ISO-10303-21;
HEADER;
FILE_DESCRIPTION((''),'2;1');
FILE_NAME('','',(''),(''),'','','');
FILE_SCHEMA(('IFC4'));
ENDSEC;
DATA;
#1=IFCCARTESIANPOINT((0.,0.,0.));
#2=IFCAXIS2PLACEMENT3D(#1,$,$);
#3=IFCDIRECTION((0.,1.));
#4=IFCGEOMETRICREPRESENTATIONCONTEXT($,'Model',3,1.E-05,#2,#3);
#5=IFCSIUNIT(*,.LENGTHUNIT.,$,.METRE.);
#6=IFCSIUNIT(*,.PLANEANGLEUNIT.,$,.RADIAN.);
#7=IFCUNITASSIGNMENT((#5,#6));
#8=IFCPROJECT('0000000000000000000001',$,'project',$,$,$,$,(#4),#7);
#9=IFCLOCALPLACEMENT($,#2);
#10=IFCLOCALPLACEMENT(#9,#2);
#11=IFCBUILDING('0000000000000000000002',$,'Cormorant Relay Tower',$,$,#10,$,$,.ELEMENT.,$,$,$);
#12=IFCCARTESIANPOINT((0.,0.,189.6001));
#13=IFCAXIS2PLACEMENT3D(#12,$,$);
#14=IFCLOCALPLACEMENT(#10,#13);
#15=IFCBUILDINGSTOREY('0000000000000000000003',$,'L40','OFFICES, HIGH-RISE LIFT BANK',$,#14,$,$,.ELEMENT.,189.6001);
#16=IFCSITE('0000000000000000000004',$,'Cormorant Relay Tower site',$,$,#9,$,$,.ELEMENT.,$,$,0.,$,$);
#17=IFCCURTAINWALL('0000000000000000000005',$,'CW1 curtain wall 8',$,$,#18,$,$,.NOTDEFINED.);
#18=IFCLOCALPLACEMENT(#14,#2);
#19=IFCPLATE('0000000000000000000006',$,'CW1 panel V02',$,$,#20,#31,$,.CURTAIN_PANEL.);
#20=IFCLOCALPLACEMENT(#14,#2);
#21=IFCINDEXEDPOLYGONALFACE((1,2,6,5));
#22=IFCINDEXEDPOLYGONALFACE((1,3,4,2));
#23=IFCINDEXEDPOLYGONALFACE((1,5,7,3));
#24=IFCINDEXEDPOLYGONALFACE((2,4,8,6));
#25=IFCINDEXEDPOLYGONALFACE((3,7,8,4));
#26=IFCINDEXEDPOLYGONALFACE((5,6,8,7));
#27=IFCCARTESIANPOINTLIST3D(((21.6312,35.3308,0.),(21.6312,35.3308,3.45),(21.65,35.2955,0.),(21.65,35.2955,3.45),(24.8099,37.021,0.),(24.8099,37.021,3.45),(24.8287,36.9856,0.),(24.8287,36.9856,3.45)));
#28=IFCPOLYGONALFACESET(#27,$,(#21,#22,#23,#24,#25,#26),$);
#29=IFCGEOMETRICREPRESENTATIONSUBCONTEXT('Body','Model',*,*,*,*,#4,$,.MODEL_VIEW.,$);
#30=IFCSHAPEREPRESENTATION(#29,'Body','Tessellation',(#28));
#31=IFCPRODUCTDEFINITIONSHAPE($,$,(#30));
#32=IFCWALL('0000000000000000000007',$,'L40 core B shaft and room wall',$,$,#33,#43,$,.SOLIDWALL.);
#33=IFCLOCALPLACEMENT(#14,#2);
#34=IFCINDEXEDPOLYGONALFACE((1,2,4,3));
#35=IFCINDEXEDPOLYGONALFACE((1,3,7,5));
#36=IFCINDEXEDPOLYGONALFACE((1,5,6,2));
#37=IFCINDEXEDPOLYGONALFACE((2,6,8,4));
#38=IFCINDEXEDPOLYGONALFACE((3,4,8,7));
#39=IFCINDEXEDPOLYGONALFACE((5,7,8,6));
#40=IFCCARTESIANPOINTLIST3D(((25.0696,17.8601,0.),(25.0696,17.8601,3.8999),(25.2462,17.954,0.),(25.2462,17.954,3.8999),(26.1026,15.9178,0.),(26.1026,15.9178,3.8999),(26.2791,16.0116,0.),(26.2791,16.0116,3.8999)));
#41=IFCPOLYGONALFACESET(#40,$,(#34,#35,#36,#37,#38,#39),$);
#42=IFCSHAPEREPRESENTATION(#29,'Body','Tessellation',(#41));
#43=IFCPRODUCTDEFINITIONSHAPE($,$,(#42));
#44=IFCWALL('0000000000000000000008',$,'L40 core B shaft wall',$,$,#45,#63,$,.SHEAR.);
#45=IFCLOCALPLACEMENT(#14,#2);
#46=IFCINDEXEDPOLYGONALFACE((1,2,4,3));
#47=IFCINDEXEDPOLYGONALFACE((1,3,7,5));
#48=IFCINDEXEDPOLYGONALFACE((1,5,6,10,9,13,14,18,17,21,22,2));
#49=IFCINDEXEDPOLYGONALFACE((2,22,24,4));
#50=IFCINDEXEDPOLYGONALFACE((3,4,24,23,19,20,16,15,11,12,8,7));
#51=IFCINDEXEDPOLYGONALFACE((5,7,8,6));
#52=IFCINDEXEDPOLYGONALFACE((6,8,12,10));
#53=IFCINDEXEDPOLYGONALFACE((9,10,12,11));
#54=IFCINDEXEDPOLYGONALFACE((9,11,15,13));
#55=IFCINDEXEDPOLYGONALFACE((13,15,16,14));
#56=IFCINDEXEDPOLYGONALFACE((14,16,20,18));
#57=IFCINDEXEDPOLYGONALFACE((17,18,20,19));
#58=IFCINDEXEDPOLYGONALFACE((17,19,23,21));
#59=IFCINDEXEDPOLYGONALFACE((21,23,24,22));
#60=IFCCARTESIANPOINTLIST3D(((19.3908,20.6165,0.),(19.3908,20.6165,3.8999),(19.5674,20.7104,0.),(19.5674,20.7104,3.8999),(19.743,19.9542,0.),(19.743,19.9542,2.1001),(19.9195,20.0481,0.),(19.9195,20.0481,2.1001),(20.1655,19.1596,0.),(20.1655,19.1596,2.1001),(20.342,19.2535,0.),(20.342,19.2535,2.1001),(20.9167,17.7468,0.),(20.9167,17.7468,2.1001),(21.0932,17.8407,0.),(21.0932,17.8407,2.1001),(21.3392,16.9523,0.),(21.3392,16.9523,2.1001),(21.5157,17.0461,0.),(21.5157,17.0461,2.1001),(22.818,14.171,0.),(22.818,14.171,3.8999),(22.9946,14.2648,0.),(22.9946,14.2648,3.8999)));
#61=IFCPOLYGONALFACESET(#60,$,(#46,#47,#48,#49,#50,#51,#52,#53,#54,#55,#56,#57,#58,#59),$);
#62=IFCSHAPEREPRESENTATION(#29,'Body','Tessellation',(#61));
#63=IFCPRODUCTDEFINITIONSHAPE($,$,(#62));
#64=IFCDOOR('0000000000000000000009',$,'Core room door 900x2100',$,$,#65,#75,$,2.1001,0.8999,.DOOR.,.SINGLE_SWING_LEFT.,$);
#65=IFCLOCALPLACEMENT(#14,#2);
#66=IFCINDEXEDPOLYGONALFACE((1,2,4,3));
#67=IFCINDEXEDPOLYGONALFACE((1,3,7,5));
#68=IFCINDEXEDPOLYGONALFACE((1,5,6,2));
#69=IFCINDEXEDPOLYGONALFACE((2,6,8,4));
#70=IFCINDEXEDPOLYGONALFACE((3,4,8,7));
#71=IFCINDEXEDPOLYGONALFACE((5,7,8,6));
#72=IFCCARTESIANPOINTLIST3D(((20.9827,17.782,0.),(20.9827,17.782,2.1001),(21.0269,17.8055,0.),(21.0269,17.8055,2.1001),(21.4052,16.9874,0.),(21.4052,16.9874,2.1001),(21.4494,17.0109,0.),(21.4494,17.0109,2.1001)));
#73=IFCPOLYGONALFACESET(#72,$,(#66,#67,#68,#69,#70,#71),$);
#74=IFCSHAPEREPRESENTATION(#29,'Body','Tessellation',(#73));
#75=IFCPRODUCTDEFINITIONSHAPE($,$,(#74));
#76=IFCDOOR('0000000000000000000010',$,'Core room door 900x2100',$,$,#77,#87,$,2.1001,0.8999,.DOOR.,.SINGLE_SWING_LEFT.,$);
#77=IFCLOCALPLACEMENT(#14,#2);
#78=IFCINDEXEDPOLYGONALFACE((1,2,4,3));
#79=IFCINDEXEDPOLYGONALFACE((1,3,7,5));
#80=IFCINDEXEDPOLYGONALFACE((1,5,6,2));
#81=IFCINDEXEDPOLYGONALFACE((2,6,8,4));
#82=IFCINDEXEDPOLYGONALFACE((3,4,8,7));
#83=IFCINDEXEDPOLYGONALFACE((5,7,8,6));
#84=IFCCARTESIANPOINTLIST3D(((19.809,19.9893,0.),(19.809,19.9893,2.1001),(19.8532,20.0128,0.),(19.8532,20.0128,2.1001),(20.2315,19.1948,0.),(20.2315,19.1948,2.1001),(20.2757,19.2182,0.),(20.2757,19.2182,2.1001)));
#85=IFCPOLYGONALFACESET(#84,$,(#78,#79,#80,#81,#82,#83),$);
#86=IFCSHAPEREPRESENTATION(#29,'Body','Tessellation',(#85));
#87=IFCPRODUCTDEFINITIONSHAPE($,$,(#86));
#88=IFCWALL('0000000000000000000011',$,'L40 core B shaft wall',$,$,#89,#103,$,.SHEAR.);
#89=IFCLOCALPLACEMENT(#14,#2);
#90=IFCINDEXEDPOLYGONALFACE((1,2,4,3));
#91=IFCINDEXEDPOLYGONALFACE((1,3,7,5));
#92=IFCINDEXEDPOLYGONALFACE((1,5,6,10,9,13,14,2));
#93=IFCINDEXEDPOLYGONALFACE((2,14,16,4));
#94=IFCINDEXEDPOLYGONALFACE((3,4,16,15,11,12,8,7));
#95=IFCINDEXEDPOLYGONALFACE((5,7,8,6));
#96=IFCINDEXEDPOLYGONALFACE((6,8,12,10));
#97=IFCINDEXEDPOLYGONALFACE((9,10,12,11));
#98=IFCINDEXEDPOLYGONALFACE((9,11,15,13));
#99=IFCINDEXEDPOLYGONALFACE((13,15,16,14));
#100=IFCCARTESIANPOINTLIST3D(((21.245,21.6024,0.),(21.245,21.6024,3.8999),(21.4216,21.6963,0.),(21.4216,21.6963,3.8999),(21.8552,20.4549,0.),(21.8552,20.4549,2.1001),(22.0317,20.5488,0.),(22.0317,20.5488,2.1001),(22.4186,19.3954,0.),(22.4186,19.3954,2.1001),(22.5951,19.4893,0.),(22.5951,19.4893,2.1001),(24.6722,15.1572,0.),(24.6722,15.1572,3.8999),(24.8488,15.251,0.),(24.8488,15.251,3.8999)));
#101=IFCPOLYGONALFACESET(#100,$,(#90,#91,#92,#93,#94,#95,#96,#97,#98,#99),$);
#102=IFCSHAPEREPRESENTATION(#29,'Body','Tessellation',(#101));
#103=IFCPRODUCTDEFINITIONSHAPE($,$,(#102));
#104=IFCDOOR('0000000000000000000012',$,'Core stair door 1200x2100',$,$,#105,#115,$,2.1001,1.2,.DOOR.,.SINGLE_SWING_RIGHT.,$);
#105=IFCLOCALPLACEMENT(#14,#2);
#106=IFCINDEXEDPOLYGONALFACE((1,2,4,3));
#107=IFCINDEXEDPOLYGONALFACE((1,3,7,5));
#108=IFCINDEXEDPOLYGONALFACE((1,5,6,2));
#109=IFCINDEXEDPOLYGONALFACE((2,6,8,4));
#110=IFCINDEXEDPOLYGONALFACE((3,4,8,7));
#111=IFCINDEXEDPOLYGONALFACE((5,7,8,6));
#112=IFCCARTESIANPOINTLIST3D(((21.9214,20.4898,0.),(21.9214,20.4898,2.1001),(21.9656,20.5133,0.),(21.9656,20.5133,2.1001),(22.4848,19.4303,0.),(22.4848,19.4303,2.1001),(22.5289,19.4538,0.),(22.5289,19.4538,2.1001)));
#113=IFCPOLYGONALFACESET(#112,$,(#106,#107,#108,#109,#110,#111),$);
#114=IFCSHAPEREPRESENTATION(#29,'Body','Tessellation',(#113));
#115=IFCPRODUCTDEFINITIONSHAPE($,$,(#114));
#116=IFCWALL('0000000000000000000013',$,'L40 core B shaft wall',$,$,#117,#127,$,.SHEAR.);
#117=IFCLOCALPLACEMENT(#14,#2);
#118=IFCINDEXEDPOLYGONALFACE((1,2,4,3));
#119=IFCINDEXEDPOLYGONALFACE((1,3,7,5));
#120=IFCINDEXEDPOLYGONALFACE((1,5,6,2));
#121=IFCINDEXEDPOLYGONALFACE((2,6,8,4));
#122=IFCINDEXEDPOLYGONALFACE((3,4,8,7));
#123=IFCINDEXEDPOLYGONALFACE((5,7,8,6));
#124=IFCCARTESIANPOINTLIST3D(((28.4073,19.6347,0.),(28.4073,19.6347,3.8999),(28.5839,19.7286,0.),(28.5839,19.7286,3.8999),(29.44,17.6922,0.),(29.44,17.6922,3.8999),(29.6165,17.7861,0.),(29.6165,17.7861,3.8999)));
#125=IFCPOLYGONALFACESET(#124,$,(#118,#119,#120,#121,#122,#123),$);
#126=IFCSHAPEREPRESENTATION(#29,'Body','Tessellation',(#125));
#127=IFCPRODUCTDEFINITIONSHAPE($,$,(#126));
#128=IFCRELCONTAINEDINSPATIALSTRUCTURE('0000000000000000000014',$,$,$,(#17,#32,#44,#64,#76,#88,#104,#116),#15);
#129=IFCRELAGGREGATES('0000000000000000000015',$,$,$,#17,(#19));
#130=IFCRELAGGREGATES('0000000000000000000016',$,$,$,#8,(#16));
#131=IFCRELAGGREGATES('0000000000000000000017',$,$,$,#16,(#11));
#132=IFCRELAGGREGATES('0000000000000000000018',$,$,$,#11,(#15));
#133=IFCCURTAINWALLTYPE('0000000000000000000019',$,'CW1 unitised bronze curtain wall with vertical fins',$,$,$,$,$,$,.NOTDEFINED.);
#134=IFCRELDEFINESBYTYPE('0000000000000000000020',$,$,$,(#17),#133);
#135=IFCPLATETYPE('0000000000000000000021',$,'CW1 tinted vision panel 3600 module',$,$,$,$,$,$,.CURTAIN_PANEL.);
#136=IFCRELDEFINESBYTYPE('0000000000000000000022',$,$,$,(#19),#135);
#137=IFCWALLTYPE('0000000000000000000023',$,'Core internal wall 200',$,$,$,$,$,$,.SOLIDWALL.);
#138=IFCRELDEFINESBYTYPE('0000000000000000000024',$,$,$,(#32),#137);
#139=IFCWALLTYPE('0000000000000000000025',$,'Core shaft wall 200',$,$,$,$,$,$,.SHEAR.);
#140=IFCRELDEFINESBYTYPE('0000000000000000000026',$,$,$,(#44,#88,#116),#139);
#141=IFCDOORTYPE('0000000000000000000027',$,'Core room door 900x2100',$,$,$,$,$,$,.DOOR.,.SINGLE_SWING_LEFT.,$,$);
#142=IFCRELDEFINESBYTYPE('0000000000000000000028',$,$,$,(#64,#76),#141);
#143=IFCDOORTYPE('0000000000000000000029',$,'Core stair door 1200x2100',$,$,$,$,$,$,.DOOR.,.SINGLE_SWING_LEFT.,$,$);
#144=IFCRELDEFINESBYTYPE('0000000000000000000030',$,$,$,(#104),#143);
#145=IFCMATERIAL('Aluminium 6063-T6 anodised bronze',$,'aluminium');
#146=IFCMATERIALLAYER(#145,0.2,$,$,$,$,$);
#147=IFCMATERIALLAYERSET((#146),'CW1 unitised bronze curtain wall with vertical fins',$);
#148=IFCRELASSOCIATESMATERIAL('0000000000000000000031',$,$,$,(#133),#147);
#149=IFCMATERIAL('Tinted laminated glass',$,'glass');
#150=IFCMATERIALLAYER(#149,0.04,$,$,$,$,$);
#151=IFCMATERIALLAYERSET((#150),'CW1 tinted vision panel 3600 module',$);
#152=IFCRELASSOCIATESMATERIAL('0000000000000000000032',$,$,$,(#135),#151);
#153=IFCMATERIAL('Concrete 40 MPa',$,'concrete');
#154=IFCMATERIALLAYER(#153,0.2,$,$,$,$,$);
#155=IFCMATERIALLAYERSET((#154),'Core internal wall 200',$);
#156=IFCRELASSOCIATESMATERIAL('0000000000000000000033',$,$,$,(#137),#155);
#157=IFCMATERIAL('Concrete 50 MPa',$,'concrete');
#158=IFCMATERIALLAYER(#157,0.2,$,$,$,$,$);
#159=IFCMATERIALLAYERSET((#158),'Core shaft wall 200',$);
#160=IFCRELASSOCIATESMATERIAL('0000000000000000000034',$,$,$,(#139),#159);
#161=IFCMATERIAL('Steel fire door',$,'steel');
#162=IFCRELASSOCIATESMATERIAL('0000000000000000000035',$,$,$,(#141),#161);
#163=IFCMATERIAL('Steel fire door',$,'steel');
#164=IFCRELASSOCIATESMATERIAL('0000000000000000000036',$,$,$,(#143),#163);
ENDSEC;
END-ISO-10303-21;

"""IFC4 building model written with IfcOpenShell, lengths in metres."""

from ifc_helpers import new_model, si_unit, direction, frame, frame_2d, origin, origin_2d, place, context, subcontext, project, spatial, rectangle, extrude, material, layer, layer_set, type_object, element, fill, aggregate, save


model = new_model("IFC4")

# Units and contexts
model_context = context("Model", 3, precision=1e-05, world=origin(), true_north=direction((0.0, 1.0)))
body_context = subcontext(model_context, "Body", "Model", "MODEL_VIEW")
ifc_project = project(units=[si_unit("LENGTHUNIT", "METRE"), si_unit("PLANEANGLEUNIT", "RADIAN")], contexts=[model_context])

# Site, building, storey
site_placement = place(None, origin())
site = spatial("IfcSite", under=ifc_project, at=site_placement, Name="Cormorant Relay Tower site", CompositionType="ELEMENT", RefElevation=0.0)
building_placement = place(site_placement, origin())
building = spatial("IfcBuilding", under=site, at=building_placement, Name="Cormorant Relay Tower", CompositionType="ELEMENT")
storey_placement = place(building_placement, frame((0.0, 0.0, 189.6001)))
storey = spatial("IfcBuildingStorey", under=building, at=storey_placement, Name="L40", Description="OFFICES, HIGH-RISE LIFT BANK", CompositionType="ELEMENT", Elevation=189.6001)

# Curtain wall
ifc_material_1 = material(Name="Aluminium 6063-T6 anodised bronze", Category="aluminium")
ifc_layer_1 = layer(ifc_material_1, 0.2)
ifc_layer_set_1 = layer_set([ifc_layer_1], Name="CW1 unitised bronze curtain wall with vertical fins")
curtain_wall_type = type_object("IfcCurtainWallType", Name="CW1 unitised bronze curtain wall with vertical fins", PredefinedType="NOTDEFINED", material=ifc_layer_set_1)
curtain_wall_placement = place(storey_placement, origin())
curtain_wall = element("IfcCurtainWall", 1, at=curtain_wall_placement, inside=storey, type_object=curtain_wall_type, Name="CW1 curtain wall 8", PredefinedType="NOTDEFINED")

# Plate
ifc_material_2 = material(Name="Tinted laminated glass", Category="glass")
ifc_layer_2 = layer(ifc_material_2, 0.04)
ifc_layer_set_2 = layer_set([ifc_layer_2], Name="CW1 tinted vision panel 3600 module")
plate_type_1 = type_object("IfcPlateType", Name="CW1 tinted vision panel 3600 module", PredefinedType="CURTAIN_PANEL", material=ifc_layer_set_2)
plate_1_placement = place(storey_placement, frame((23.23, 36.1582, 0.0), z_axis=(0.0, 0.0, 1.0), x_axis=(-0.882948, -0.469472, 0.0)))
plate_1 = element("IfcPlate", 2, at=plate_1_placement, type_object=plate_type_1, Name="CW1 panel V02", PredefinedType="CURTAIN_PANEL", context=body_context, shape_type="SweptSolid", body=[
    extrude(rectangle(XDim=3.6001, YDim=0.04, at=origin_2d()), origin(), (0.0, 0.0, 1.0), 3.45),
])

# Wall
ifc_material_3 = material(Name="Concrete 40 MPa", Category="concrete")
ifc_layer_3 = layer(ifc_material_3, 0.2)
ifc_layer_set_3 = layer_set([ifc_layer_3], Name="Core internal wall 200")
wall_type_1 = type_object("IfcWallType", Name="Core internal wall 200", PredefinedType="SOLIDWALL", material=ifc_layer_set_3)
wall_1_placement = place(storey_placement, frame((26.1909, 15.9646, 0.0), z_axis=(0.0, 0.0, 1.0), x_axis=(-0.469534, 0.882914, 0.0)))
element("IfcWall", 3, at=wall_1_placement, inside=storey, type_object=wall_type_1, Name="L40 core B shaft and room wall", PredefinedType="SOLIDWALL", context=body_context, shape_type="SweptSolid", body=[
    extrude(rectangle(XDim=2.2, YDim=0.2, at=frame_2d((1.1001, 0.0))), origin(), (0.0, 0.0, 1.0), 3.8999),
])

# Wall, openings, doors
ifc_material_4 = material(Name="Concrete 50 MPa", Category="concrete")
ifc_layer_4 = layer(ifc_material_4, 0.2)
ifc_layer_set_4 = layer_set([ifc_layer_4], Name="Core shaft wall 200")
wall_type_2 = type_object("IfcWallType", Name="Core shaft wall 200", PredefinedType="SHEAR", material=ifc_layer_set_4)
wall_2_placement = place(storey_placement, frame((22.9062, 14.218, 0.0), z_axis=(0.0, 0.0, 1.0), x_axis=(-0.46948, 0.882943, 0.0)))
wall_2 = element("IfcWall", 4, at=wall_2_placement, inside=storey, type_object=wall_type_2, Name="L40 core B shaft wall", PredefinedType="SHEAR", context=body_context, shape_type="SweptSolid", body=[
    extrude(rectangle(XDim=7.3, YDim=0.2, at=frame_2d((3.6499, 0.0))), origin(), (0.0, 0.0, 1.0), 3.8999),
])
opening_1_placement = place(wall_2_placement, frame((3.1499, 0.0, 0.0)))
opening_1 = element("IfcOpeningElement", 5, at=opening_1_placement, cuts=wall_2, PredefinedType="OPENING", context=body_context, shape_type="SweptSolid", body=[
    extrude(rectangle(XDim=0.8999, YDim=2.1001, at=frame_2d((0.45, 1.05))), frame((0.0, 0.1099, 0.0), z_axis=(0.0, -1.0, 0.0), x_axis=(1.0, 0.0, 0.0)), (0.0, 0.0, 1.0), 0.22),
])
opening_2_placement = place(wall_2_placement, frame((5.6499, 0.0, 0.0)))
opening_2 = element("IfcOpeningElement", 6, at=opening_2_placement, cuts=wall_2, PredefinedType="OPENING", context=body_context, shape_type="SweptSolid", body=[
    extrude(rectangle(XDim=0.8999, YDim=2.1001, at=frame_2d((0.45, 1.05))), frame((0.0, 0.1099, 0.0), z_axis=(0.0, -1.0, 0.0), x_axis=(1.0, 0.0, 0.0)), (0.0, 0.0, 1.0), 0.22),
])
ifc_material_5 = material(Name="Steel fire door", Category="steel")
door_type_1 = type_object("IfcDoorType", Name="Core room door 900x2100", OperationType="SINGLE_SWING_LEFT", PredefinedType="DOOR", material=ifc_material_5)
door_1_placement = place(opening_1_placement, frame((0.8999, 0.0, 0.0), z_axis=(0.0, 0.0, 1.0), x_axis=(-1.0, 0.0, 0.0)))
door_1 = element("IfcDoor", 7, at=door_1_placement, inside=storey, type_object=door_type_1, Name="Core room door 900x2100", OperationType="SINGLE_SWING_LEFT", OverallHeight=2.1001, OverallWidth=0.8999, PredefinedType="DOOR", context=body_context, shape_type="SweptSolid", body=[
    extrude(rectangle(XDim=0.8999, YDim=2.1001, at=frame_2d((0.45, 1.05))), frame((0.0, 0.0249, 0.0), z_axis=(0.0, -1.0, 0.0), x_axis=(1.0, 0.0, 0.0)), (0.0, 0.0, 1.0), 0.05),
])
fill(opening_1, door_1)
door_2_placement = place(opening_2_placement, frame((0.8999, 0.0, 0.0), z_axis=(0.0, 0.0, 1.0), x_axis=(-1.0, 0.0, 0.0)))
door_2 = element("IfcDoor", 8, at=door_2_placement, inside=storey, type_object=door_type_1, Name="Core room door 900x2100", OperationType="SINGLE_SWING_LEFT", OverallHeight=2.1001, OverallWidth=0.8999, PredefinedType="DOOR", context=body_context, shape_type="SweptSolid", body=[
    extrude(rectangle(XDim=0.8999, YDim=2.1001, at=frame_2d((0.45, 1.05))), frame((0.0, 0.0249, 0.0), z_axis=(0.0, -1.0, 0.0), x_axis=(1.0, 0.0, 0.0)), (0.0, 0.0, 1.0), 0.05),
])
fill(opening_2, door_2)

# Wall, opening, door
wall_3_placement = place(storey_placement, frame((24.7605, 15.2041, 0.0), z_axis=(0.0, 0.0, 1.0), x_axis=(-0.469494, 0.882936, 0.0)))
wall_3 = element("IfcWall", 9, at=wall_3_placement, inside=storey, type_object=wall_type_2, Name="L40 core B shaft wall", PredefinedType="SHEAR", context=body_context, shape_type="SweptSolid", body=[
    extrude(rectangle(XDim=7.2998, YDim=0.2, at=frame_2d((3.6499, 0.0))), origin(), (0.0, 0.0, 1.0), 3.8999),
])
opening_3_placement = place(wall_3_placement, frame((4.8, 0.0, 0.0)))
opening_3 = element("IfcOpeningElement", 10, at=opening_3_placement, cuts=wall_3, PredefinedType="OPENING", context=body_context, shape_type="SweptSolid", body=[
    extrude(rectangle(XDim=1.2, YDim=2.1001, at=frame_2d((0.6001, 1.05))), frame((0.0, 0.1099, 0.0), z_axis=(0.0, -1.0, 0.0), x_axis=(1.0, 0.0, 0.0)), (0.0, 0.0, 1.0), 0.22),
])
ifc_material_6 = material(Name="Steel fire door", Category="steel")
door_type_2 = type_object("IfcDoorType", Name="Core stair door 1200x2100", OperationType="SINGLE_SWING_LEFT", PredefinedType="DOOR", material=ifc_material_6)
door_3_placement = place(opening_3_placement, frame((1.2, 0.0, 0.0), z_axis=(0.0, 0.0, 1.0), x_axis=(-1.0, 0.0, 0.0)))
door_3 = element("IfcDoor", 11, at=door_3_placement, inside=storey, type_object=door_type_2, Name="Core stair door 1200x2100", OperationType="SINGLE_SWING_RIGHT", OverallHeight=2.1001, OverallWidth=1.2, PredefinedType="DOOR", context=body_context, shape_type="SweptSolid", body=[
    extrude(rectangle(XDim=1.2, YDim=2.1001, at=frame_2d((0.6001, 1.05))), frame((0.0, 0.0249, 0.0), z_axis=(0.0, -1.0, 0.0), x_axis=(1.0, 0.0, 0.0)), (0.0, 0.0, 1.0), 0.05),
])
fill(opening_3, door_3)

# Wall
wall_4_placement = place(storey_placement, frame((29.5283, 17.739, 0.0), z_axis=(0.0, 0.0, 1.0), x_axis=(-0.469401, 0.882985, 0.0)))
element("IfcWall", 12, at=wall_4_placement, inside=storey, type_object=wall_type_2, Name="L40 core B shaft wall", PredefinedType="SHEAR", context=body_context, shape_type="SweptSolid", body=[
    extrude(rectangle(XDim=2.2, YDim=0.2, at=frame_2d((1.1001, 0.0))), origin(), (0.0, 0.0, 1.0), 3.8999),
])

aggregate(curtain_wall, [plate_1])

save(model, "model.ifc")
